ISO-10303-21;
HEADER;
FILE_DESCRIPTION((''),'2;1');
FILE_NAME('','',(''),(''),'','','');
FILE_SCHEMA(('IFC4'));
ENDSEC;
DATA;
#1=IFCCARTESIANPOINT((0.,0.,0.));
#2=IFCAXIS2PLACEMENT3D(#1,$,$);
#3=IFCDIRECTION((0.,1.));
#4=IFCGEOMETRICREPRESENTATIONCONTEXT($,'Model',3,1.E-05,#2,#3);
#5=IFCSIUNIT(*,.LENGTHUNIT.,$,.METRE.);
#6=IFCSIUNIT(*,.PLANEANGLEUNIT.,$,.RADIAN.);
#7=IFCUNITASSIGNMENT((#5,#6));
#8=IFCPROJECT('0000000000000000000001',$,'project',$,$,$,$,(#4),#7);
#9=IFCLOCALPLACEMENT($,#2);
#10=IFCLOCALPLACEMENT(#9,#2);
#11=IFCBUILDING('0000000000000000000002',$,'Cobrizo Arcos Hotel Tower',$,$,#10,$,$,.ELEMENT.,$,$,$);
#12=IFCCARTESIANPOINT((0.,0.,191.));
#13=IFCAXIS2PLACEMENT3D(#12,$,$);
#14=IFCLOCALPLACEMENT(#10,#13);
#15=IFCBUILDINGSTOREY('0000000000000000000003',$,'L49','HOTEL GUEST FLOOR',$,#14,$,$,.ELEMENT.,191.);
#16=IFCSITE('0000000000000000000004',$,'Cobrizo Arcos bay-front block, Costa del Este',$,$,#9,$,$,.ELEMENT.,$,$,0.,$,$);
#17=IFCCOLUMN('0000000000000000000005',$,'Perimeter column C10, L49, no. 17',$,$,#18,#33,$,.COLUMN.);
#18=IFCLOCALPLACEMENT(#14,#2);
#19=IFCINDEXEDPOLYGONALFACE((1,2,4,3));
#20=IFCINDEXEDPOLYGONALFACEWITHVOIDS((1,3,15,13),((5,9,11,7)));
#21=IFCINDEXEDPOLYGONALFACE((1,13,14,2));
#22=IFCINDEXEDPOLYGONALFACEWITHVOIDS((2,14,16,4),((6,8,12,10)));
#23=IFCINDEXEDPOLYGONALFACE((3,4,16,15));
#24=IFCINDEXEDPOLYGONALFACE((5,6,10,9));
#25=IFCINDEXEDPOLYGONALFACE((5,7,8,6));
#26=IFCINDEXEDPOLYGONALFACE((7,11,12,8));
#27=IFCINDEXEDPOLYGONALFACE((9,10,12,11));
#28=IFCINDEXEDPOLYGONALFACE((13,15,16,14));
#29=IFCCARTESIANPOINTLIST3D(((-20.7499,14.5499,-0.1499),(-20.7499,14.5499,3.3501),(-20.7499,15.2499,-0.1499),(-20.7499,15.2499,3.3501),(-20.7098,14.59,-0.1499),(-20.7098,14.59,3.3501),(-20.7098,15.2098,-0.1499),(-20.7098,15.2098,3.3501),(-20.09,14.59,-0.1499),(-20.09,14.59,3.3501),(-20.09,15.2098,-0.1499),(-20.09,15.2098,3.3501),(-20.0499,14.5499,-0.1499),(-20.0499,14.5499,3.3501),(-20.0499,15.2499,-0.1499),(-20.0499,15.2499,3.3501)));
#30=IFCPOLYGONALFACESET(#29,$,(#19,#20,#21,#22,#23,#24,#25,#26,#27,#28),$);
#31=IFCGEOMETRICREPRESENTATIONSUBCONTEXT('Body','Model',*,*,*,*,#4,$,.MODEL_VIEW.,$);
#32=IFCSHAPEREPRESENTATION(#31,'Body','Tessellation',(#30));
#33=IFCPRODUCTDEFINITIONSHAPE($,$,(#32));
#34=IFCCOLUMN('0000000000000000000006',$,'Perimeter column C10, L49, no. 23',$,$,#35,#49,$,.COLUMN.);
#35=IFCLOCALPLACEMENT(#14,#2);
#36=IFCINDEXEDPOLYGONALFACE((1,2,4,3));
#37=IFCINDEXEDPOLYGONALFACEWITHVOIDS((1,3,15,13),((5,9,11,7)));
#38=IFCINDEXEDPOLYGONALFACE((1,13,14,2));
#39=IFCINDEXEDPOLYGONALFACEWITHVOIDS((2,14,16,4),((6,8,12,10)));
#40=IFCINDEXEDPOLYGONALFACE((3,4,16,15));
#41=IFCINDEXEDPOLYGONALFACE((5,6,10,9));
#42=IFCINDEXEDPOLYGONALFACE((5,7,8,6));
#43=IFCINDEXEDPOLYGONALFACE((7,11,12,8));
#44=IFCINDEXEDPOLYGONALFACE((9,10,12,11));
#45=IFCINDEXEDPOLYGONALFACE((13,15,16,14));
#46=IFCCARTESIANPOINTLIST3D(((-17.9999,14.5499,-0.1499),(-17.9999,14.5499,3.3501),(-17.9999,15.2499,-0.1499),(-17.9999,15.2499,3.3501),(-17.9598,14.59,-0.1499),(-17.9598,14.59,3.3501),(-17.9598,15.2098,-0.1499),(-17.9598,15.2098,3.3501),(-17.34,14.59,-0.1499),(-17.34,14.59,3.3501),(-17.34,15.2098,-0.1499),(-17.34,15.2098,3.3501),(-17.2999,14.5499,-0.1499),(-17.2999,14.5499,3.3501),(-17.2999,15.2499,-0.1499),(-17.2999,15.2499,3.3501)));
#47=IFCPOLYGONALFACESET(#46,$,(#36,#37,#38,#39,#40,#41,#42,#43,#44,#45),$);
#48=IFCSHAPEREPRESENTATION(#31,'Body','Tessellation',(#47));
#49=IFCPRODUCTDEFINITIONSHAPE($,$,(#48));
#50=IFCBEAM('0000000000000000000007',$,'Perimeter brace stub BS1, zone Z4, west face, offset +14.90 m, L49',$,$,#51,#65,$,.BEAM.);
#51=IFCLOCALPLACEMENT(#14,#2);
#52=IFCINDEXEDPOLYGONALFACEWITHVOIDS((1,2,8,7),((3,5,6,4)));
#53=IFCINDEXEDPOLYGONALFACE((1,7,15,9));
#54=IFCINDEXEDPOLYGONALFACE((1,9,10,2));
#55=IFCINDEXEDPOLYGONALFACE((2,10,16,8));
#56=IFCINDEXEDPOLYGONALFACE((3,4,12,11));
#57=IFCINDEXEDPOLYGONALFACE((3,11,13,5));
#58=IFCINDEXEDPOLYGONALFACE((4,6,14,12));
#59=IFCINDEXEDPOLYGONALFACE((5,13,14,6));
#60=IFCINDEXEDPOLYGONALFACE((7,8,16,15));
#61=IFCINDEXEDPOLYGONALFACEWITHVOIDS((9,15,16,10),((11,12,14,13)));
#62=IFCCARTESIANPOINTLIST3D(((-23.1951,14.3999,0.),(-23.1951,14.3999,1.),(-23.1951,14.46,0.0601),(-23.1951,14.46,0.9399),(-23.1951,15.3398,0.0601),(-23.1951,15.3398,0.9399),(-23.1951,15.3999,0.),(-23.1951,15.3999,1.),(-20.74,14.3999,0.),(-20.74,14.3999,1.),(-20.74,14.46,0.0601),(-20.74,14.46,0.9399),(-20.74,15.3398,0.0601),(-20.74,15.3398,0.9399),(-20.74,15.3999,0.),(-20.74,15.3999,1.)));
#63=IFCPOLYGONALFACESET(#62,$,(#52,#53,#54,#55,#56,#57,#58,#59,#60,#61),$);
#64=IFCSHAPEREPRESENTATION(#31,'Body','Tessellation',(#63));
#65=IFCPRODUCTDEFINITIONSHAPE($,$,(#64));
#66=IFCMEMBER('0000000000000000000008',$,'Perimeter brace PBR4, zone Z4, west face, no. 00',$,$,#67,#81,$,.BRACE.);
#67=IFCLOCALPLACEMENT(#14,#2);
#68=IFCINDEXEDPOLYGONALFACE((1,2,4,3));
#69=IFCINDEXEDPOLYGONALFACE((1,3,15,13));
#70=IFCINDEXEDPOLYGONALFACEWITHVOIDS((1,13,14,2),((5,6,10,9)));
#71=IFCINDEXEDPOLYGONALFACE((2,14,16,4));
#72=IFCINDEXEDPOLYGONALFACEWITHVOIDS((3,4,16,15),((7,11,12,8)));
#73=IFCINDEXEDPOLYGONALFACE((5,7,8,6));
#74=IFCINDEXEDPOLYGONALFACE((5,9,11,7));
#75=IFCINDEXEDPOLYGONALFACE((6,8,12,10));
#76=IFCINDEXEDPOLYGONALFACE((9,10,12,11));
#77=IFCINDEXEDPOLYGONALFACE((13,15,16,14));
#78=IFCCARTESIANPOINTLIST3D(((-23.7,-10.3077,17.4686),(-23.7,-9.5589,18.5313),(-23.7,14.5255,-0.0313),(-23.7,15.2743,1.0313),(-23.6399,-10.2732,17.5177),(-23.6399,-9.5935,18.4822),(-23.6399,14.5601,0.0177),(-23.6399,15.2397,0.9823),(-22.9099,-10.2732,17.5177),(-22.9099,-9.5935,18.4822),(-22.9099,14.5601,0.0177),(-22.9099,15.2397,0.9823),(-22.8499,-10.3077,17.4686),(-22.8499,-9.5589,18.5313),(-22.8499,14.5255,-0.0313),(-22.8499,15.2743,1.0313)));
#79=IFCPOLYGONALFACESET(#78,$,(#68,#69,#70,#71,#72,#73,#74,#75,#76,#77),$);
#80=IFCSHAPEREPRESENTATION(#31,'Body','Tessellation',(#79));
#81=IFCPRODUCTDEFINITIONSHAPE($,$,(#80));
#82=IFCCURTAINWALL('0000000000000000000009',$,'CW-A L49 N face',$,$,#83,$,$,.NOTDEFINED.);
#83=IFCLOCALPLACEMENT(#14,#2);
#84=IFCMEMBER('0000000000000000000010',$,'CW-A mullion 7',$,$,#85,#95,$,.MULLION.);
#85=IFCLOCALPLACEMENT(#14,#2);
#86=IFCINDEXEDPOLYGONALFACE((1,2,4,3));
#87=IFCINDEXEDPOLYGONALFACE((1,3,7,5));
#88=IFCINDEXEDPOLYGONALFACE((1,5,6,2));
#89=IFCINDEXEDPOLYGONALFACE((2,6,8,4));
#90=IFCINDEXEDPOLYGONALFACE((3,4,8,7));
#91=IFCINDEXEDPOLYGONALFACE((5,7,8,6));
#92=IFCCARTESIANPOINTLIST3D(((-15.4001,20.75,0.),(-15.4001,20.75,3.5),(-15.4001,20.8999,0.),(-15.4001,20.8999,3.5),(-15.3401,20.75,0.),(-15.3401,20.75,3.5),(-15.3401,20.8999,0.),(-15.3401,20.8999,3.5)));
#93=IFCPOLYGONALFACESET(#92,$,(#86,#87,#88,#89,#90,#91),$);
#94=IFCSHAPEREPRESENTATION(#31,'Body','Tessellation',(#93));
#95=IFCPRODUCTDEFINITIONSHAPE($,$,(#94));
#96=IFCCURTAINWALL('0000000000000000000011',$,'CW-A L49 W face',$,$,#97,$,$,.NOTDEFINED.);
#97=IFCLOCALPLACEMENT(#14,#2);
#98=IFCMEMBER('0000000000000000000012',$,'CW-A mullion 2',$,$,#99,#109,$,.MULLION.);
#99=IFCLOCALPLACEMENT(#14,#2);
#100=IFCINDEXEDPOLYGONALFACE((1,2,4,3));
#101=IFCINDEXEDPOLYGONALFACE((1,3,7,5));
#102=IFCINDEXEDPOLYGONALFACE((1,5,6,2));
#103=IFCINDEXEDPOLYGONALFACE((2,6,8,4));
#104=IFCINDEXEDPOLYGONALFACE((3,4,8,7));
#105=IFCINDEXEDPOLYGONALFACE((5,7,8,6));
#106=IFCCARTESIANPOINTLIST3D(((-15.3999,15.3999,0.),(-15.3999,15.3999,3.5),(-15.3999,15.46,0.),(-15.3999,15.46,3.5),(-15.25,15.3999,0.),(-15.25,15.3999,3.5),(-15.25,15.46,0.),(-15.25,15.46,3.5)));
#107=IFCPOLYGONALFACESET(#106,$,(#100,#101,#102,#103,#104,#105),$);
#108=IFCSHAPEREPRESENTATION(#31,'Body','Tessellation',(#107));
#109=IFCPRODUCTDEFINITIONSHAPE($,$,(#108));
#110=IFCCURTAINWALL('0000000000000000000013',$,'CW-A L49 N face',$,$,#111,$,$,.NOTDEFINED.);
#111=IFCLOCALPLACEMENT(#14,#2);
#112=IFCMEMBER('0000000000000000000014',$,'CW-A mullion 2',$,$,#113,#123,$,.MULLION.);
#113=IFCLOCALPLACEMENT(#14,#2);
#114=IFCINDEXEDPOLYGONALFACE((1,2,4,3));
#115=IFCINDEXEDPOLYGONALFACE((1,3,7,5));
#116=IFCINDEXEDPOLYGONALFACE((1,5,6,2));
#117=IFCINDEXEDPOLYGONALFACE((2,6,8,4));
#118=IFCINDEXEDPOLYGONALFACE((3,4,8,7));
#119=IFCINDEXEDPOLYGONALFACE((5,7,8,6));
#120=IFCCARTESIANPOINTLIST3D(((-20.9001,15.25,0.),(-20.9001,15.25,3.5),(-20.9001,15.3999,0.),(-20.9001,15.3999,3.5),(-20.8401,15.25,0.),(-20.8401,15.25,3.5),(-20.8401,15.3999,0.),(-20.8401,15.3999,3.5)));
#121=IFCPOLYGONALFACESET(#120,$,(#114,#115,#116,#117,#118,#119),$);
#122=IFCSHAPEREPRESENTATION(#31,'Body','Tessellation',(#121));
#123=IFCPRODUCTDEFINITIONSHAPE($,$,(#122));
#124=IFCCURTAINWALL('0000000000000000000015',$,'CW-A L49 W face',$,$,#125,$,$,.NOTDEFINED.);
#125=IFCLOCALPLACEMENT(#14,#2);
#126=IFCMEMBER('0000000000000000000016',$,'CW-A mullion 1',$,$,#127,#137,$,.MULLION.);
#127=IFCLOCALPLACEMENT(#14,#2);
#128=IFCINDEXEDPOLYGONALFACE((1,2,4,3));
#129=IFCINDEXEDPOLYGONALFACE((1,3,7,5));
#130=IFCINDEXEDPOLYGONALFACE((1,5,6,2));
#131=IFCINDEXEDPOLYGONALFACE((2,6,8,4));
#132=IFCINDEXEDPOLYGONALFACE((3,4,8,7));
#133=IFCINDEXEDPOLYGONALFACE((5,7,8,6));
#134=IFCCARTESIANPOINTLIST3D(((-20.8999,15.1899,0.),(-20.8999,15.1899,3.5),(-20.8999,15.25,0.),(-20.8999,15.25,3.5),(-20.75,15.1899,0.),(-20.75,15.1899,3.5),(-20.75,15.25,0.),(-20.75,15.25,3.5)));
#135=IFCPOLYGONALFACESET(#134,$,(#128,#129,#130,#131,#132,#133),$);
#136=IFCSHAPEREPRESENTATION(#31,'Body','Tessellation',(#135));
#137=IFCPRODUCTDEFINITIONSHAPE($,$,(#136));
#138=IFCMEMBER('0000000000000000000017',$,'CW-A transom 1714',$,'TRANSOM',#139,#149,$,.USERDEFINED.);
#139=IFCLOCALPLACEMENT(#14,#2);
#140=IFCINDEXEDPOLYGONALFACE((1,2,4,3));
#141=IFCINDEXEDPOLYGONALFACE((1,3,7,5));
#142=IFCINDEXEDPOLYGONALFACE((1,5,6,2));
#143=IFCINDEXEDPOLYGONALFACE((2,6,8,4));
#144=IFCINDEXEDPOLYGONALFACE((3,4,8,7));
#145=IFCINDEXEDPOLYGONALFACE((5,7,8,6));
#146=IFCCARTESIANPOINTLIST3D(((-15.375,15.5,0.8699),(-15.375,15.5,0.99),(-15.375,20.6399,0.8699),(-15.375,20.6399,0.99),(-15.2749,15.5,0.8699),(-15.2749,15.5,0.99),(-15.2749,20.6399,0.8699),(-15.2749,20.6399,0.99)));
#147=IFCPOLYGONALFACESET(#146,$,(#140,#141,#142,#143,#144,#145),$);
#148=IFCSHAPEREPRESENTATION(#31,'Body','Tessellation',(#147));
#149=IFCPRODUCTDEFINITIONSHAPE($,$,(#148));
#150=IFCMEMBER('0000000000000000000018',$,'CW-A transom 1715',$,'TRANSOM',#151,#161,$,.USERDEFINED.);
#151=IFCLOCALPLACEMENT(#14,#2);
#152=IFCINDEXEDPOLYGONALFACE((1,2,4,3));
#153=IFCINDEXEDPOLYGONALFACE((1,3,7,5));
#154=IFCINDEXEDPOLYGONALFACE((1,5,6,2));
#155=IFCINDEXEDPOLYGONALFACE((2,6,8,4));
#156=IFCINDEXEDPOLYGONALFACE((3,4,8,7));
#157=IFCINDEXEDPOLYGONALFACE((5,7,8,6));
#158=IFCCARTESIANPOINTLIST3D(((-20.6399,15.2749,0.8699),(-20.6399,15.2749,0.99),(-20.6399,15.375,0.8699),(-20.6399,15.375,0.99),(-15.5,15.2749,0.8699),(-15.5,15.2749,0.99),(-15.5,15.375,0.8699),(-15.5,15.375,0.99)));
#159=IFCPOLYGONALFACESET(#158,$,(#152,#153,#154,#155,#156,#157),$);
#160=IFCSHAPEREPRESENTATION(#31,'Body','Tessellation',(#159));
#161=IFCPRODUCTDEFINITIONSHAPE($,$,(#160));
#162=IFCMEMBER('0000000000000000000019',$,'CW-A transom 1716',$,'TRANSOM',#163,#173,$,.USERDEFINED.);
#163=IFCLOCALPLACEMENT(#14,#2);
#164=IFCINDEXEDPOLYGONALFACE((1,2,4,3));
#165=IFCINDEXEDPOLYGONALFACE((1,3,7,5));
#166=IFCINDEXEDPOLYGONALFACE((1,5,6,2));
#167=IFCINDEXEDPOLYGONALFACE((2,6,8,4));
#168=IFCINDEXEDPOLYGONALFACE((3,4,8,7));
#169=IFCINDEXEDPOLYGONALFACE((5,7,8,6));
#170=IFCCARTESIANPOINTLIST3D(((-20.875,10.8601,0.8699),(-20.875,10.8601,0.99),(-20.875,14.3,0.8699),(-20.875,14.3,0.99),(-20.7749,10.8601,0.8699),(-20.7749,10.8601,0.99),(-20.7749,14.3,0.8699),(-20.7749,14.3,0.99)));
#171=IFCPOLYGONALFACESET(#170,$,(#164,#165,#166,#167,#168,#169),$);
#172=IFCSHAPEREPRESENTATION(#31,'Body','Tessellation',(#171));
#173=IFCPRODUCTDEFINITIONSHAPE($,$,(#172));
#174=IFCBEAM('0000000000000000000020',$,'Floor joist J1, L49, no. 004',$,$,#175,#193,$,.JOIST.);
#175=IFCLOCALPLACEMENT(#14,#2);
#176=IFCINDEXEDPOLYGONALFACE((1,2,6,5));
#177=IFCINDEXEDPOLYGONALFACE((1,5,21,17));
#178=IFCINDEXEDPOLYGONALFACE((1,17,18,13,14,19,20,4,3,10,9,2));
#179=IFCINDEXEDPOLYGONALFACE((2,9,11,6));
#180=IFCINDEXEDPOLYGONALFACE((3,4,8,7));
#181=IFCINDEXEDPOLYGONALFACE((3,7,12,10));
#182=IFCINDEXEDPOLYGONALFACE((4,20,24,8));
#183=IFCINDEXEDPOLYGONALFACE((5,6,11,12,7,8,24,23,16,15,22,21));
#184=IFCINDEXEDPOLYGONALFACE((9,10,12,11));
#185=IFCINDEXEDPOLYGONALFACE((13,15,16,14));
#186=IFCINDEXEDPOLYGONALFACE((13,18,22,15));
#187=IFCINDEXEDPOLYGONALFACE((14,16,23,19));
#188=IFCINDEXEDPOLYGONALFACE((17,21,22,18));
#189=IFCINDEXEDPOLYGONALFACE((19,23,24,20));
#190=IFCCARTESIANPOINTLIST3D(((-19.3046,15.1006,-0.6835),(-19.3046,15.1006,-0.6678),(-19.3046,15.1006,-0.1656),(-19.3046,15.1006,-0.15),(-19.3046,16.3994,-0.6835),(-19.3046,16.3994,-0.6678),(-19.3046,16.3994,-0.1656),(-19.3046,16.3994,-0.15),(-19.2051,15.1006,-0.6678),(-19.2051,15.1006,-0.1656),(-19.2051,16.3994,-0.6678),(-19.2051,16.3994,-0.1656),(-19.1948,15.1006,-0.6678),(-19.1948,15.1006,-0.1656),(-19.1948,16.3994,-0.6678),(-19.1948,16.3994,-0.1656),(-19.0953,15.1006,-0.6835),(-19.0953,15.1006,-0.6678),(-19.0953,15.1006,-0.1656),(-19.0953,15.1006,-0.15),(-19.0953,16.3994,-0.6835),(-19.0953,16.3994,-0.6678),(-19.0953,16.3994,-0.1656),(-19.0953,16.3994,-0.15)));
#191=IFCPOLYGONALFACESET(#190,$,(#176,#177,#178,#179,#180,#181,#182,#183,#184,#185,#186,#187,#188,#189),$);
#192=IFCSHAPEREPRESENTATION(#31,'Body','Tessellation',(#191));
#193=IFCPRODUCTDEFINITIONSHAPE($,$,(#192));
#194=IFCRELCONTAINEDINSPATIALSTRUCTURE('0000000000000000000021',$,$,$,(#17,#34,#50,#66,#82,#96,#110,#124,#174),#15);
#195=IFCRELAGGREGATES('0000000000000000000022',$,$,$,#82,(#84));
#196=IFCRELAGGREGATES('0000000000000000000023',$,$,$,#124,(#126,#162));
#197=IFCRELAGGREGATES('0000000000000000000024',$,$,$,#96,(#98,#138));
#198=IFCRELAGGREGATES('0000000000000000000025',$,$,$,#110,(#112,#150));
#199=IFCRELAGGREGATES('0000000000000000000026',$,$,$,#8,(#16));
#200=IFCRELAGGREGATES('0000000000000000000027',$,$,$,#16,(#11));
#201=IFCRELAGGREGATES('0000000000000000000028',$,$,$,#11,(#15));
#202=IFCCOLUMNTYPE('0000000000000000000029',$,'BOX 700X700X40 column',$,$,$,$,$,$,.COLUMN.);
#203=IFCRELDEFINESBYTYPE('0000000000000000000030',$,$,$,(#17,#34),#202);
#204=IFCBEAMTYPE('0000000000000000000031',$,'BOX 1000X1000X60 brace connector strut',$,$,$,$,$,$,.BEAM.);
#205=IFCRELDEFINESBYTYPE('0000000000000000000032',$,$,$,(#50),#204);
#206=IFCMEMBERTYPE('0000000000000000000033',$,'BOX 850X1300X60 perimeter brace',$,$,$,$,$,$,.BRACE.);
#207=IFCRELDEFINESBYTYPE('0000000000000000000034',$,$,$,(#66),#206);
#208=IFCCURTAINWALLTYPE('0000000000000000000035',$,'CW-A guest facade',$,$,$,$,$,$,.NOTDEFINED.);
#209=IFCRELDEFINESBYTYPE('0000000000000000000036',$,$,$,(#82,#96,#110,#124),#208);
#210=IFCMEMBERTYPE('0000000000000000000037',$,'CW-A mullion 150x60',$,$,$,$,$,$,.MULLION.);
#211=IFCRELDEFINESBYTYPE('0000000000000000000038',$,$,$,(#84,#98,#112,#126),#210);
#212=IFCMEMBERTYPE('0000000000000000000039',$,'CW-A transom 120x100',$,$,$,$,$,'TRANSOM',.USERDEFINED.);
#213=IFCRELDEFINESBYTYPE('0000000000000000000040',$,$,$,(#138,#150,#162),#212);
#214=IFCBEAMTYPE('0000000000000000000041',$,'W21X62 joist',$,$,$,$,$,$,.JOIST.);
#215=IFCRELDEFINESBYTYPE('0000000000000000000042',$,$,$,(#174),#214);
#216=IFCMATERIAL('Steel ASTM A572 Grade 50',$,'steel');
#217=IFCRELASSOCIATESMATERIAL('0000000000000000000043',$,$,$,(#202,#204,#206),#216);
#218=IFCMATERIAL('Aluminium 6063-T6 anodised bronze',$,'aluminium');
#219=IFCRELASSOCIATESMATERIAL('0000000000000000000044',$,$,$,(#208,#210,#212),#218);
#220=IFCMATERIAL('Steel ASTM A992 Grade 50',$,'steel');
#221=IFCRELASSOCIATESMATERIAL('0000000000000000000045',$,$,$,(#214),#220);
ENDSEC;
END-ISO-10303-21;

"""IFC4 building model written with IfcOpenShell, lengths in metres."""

from ifc_helpers import new_model, si_unit, direction, frame, origin, origin_2d, place, context, subcontext, project, spatial, rectangle, hollow_rectangle, i_section, extrude, material, material_profile, profile_set, type_object, element, aggregate, save


model = new_model("IFC4")

# Units and contexts
model_context = context("Model", 3, precision=1e-05, world=origin(), true_north=direction((0.0, 1.0)))
body_context = subcontext(model_context, "Body", "Model", "MODEL_VIEW")
ifc_project = project(units=[si_unit("LENGTHUNIT", "METRE"), si_unit("PLANEANGLEUNIT", "RADIAN")], contexts=[model_context])

# Site, building, storey
site_placement = place(None, origin())
site = spatial("IfcSite", under=ifc_project, at=site_placement, Name="Cobrizo Arcos bay-front block, Costa del Este", CompositionType="ELEMENT", RefElevation=0.0)
building_placement = place(site_placement, origin())
building = spatial("IfcBuilding", under=site, at=building_placement, Name="Cobrizo Arcos Hotel Tower", CompositionType="ELEMENT")
storey_placement = place(building_placement, frame((0.0, 0.0, 191.0)))
storey = spatial("IfcBuildingStorey", under=building, at=storey_placement, Name="L49", Description="HOTEL GUEST FLOOR", CompositionType="ELEMENT", Elevation=191.0)

# Columns
ifc_material_1 = material(Name="Steel ASTM A572 Grade 50", Category="steel")
ifc_material_profile_1 = material_profile(ifc_material_1, hollow_rectangle(XDim=0.7, YDim=0.7, WallThickness=0.04, at=origin_2d()), Name="BOX 700X700X40")
ifc_profile_set_1 = profile_set([ifc_material_profile_1], Name="Steel ASTM A572 Grade 50")
column_type = type_object("IfcColumnType", Name="BOX 700X700X40 column", PredefinedType="COLUMN", material=ifc_profile_set_1)
for number, where, z_axis, x_axis, name in (
    (1, (-20.3999, 14.8999, -0.1499), (0.0, 0.0, 1.0), (1.0, 0.0, 0.0), "Perimeter column C10, L49, no. 17"),
    (2, (-17.6499, 14.8999, -0.1499), (0.0, 0.0, 1.0), (1.0, 0.0, 0.0), "Perimeter column C10, L49, no. 23"),
):
    element("IfcColumn", number, at=place(storey_placement, frame(where, z_axis=z_axis, x_axis=x_axis)), inside=storey, type_object=column_type, Name=name, PredefinedType="COLUMN", context=body_context, shape_type="SweptSolid", body=[
        extrude(hollow_rectangle(XDim=0.7, YDim=0.7, WallThickness=0.04, at=origin_2d()), origin(), (0.0, 0.0, 1.0), 3.5),
    ])

# Beam
ifc_material_profile_2 = material_profile(ifc_material_1, hollow_rectangle(XDim=1.0, YDim=1.0, WallThickness=0.0601, at=origin_2d()), Name="BOX 1000X1000X60")
ifc_profile_set_2 = profile_set([ifc_material_profile_2], Name="Steel ASTM A572 Grade 50")
beam_type_1 = type_object("IfcBeamType", Name="BOX 1000X1000X60 brace connector strut", PredefinedType="BEAM", material=ifc_profile_set_2)
beam_1_placement = place(storey_placement, frame((-20.74, 14.8999, 0.5), z_axis=(-1.0, 0.0, 0.0), x_axis=(0.0, -1.0, 0.0)))
element("IfcBeam", 3, at=beam_1_placement, inside=storey, type_object=beam_type_1, Name="Perimeter brace stub BS1, zone Z4, west face, offset +14.90 m, L49", PredefinedType="BEAM", context=body_context, shape_type="SweptSolid", body=[
    extrude(hollow_rectangle(XDim=1.0, YDim=1.0, WallThickness=0.0601, at=origin_2d()), origin(), (0.0, 0.0, 1.0), 2.4551),
])

# Member
ifc_material_profile_3 = material_profile(ifc_material_1, hollow_rectangle(XDim=0.8501, YDim=1.3, WallThickness=0.0601, at=origin_2d()), Name="BOX 850X1300X60")
ifc_profile_set_3 = profile_set([ifc_material_profile_3], Name="Steel ASTM A572 Grade 50")
member_type_1 = type_object("IfcMemberType", Name="BOX 850X1300X60 perimeter brace", PredefinedType="BRACE", material=ifc_profile_set_3)
member_1_placement = place(storey_placement, frame((-23.2749, 14.8999, 0.5), z_axis=(0.0, -0.817423, 0.576038), x_axis=(1.0, 0.0, 0.0)))
element("IfcMember", 4, at=member_1_placement, inside=storey, type_object=member_type_1, Name="Perimeter brace PBR4, zone Z4, west face, no. 00", PredefinedType="BRACE", context=body_context, shape_type="SweptSolid", body=[
    extrude(hollow_rectangle(XDim=0.8501, YDim=1.3, WallThickness=0.0601, at=origin_2d()), origin(), (0.0, 0.0, 1.0), 30.3799),
])

# Curtain walls, members
ifc_material_2 = material(Name="Aluminium 6063-T6 anodised bronze", Category="aluminium")
curtain_wall_type = type_object("IfcCurtainWallType", Name="CW-A guest facade", PredefinedType="NOTDEFINED", material=ifc_material_2)
curtain_wall_1_placement = place(storey_placement, origin())
curtain_wall_1 = element("IfcCurtainWall", 5, at=curtain_wall_1_placement, inside=storey, type_object=curtain_wall_type, Name="CW-A L49 N face", PredefinedType="NOTDEFINED")
ifc_material_profile_4 = material_profile(ifc_material_2, rectangle(XDim=0.1499, YDim=0.0601, at=origin_2d()), Name="CW-A mullion 150x60")
ifc_profile_set_4 = profile_set([ifc_material_profile_4], Name="Aluminium 6063-T6 anodised bronze")
member_type_2 = type_object("IfcMemberType", Name="CW-A mullion 150x60", PredefinedType="MULLION", material=ifc_profile_set_4)
member_2_placement = place(storey_placement, frame((-15.3701, 20.825, 0.0), z_axis=(0.0, 0.0, 1.0), x_axis=(0.0, 1.0, 0.0)))
member_2 = element("IfcMember", 6, at=member_2_placement, type_object=member_type_2, Name="CW-A mullion 7", PredefinedType="MULLION", context=body_context, shape_type="SweptSolid", body=[
    extrude(rectangle(XDim=0.1499, YDim=0.0601, at=origin_2d()), origin(), (0.0, 0.0, 1.0), 3.5),
])
aggregate(curtain_wall_1, [member_2])
curtain_wall_2_placement = place(storey_placement, origin())
curtain_wall_2 = element("IfcCurtainWall", 7, at=curtain_wall_2_placement, inside=storey, type_object=curtain_wall_type, Name="CW-A L49 W face", PredefinedType="NOTDEFINED")
member_3_placement = place(storey_placement, frame((-15.325, 15.4299, 0.0), z_axis=(0.0, 0.0, 1.0), x_axis=(-1.0, 0.0, 0.0)))
member_3 = element("IfcMember", 8, at=member_3_placement, type_object=member_type_2, Name="CW-A mullion 2", PredefinedType="MULLION", context=body_context, shape_type="SweptSolid", body=[
    extrude(rectangle(XDim=0.1499, YDim=0.0601, at=origin_2d()), origin(), (0.0, 0.0, 1.0), 3.5),
])
curtain_wall_3_placement = place(storey_placement, origin())
curtain_wall_3 = element("IfcCurtainWall", 9, at=curtain_wall_3_placement, inside=storey, type_object=curtain_wall_type, Name="CW-A L49 N face", PredefinedType="NOTDEFINED")
member_4_placement = place(storey_placement, frame((-20.8701, 15.325, 0.0), z_axis=(0.0, 0.0, 1.0), x_axis=(0.0, 1.0, 0.0)))
member_4 = element("IfcMember", 10, at=member_4_placement, type_object=member_type_2, Name="CW-A mullion 2", PredefinedType="MULLION", context=body_context, shape_type="SweptSolid", body=[
    extrude(rectangle(XDim=0.1499, YDim=0.0601, at=origin_2d()), origin(), (0.0, 0.0, 1.0), 3.5),
])
curtain_wall_4_placement = place(storey_placement, origin())
curtain_wall_4 = element("IfcCurtainWall", 11, at=curtain_wall_4_placement, inside=storey, type_object=curtain_wall_type, Name="CW-A L49 W face", PredefinedType="NOTDEFINED")
member_5_placement = place(storey_placement, frame((-20.825, 15.22, 0.0), z_axis=(0.0, 0.0, 1.0), x_axis=(-1.0, 0.0, 0.0)))
member_5 = element("IfcMember", 12, at=member_5_placement, type_object=member_type_2, Name="CW-A mullion 1", PredefinedType="MULLION", context=body_context, shape_type="SweptSolid", body=[
    extrude(rectangle(XDim=0.1499, YDim=0.0601, at=origin_2d()), origin(), (0.0, 0.0, 1.0), 3.5),
])

# Members
ifc_material_profile_5 = material_profile(ifc_material_2, rectangle(XDim=0.1001, YDim=0.1201, at=origin_2d()), Name="CW-A transom 120x100")
ifc_profile_set_5 = profile_set([ifc_material_profile_5], Name="Aluminium 6063-T6 anodised bronze")
member_type_3 = type_object("IfcMemberType", Name="CW-A transom 120x100", ElementType="TRANSOM", PredefinedType="USERDEFINED", material=ifc_profile_set_5)
member_6_placement = place(storey_placement, frame((-15.325, 20.6399, 0.9299), z_axis=(0.0, -1.0, 0.0), x_axis=(1.0, 0.0, 0.0)))
member_6 = element("IfcMember", 13, at=member_6_placement, type_object=member_type_3, Name="CW-A transom 1714", ObjectType="TRANSOM", PredefinedType="USERDEFINED", context=body_context, shape_type="SweptSolid", body=[
    extrude(rectangle(XDim=0.1001, YDim=0.1201, at=origin_2d()), origin(), (0.0, 0.0, 1.0), 5.1399),
])
member_7_placement = place(storey_placement, frame((-15.5, 15.325, 0.9299), z_axis=(-1.0, 0.0, 0.0), x_axis=(0.0, -1.0, 0.0)))
member_7 = element("IfcMember", 14, at=member_7_placement, type_object=member_type_3, Name="CW-A transom 1715", ObjectType="TRANSOM", PredefinedType="USERDEFINED", context=body_context, shape_type="SweptSolid", body=[
    extrude(rectangle(XDim=0.1001, YDim=0.1201, at=origin_2d()), origin(), (0.0, 0.0, 1.0), 5.1399),
])
member_8_placement = place(storey_placement, frame((-20.825, 14.3, 0.9299), z_axis=(0.0, -1.0, 0.0), x_axis=(1.0, 0.0, 0.0)))
member_8 = element("IfcMember", 15, at=member_8_placement, type_object=member_type_3, Name="CW-A transom 1716", ObjectType="TRANSOM", PredefinedType="USERDEFINED", context=body_context, shape_type="SweptSolid", body=[
    extrude(rectangle(XDim=0.1001, YDim=0.1201, at=origin_2d()), origin(), (0.0, 0.0, 1.0), 3.4399),
])
aggregate(curtain_wall_4, [member_5, member_8])

# Beam
ifc_material_3 = material(Name="Steel ASTM A992 Grade 50", Category="steel")
ifc_material_profile_6 = material_profile(ifc_material_3, i_section(OverallWidth=0.2092, OverallDepth=0.5334, WebThickness=0.0103, FlangeThickness=0.0156, at=origin_2d()), Name="W21X62")
ifc_profile_set_6 = profile_set([ifc_material_profile_6], Name="Steel ASTM A992 Grade 50")
beam_type_2 = type_object("IfcBeamType", Name="W21X62 joist", PredefinedType="JOIST", material=ifc_profile_set_6)
beam_2_placement = place(storey_placement, frame((-19.2, 15.1006, -0.4167), z_axis=(0.0, 1.0, 0.0), x_axis=(-1.0, 0.0, 0.0)))
element("IfcBeam", 16, at=beam_2_placement, inside=storey, type_object=beam_type_2, Name="Floor joist J1, L49, no. 004", PredefinedType="JOIST", context=body_context, shape_type="SweptSolid", body=[
    extrude(i_section(OverallWidth=0.2092, OverallDepth=0.5334, WebThickness=0.0103, FlangeThickness=0.0156, at=origin_2d()), origin(), (0.0, 0.0, 1.0), 1.2988),
])

aggregate(curtain_wall_2, [member_3, member_6])
aggregate(curtain_wall_3, [member_4, member_7])

save(model, "model.ifc")
